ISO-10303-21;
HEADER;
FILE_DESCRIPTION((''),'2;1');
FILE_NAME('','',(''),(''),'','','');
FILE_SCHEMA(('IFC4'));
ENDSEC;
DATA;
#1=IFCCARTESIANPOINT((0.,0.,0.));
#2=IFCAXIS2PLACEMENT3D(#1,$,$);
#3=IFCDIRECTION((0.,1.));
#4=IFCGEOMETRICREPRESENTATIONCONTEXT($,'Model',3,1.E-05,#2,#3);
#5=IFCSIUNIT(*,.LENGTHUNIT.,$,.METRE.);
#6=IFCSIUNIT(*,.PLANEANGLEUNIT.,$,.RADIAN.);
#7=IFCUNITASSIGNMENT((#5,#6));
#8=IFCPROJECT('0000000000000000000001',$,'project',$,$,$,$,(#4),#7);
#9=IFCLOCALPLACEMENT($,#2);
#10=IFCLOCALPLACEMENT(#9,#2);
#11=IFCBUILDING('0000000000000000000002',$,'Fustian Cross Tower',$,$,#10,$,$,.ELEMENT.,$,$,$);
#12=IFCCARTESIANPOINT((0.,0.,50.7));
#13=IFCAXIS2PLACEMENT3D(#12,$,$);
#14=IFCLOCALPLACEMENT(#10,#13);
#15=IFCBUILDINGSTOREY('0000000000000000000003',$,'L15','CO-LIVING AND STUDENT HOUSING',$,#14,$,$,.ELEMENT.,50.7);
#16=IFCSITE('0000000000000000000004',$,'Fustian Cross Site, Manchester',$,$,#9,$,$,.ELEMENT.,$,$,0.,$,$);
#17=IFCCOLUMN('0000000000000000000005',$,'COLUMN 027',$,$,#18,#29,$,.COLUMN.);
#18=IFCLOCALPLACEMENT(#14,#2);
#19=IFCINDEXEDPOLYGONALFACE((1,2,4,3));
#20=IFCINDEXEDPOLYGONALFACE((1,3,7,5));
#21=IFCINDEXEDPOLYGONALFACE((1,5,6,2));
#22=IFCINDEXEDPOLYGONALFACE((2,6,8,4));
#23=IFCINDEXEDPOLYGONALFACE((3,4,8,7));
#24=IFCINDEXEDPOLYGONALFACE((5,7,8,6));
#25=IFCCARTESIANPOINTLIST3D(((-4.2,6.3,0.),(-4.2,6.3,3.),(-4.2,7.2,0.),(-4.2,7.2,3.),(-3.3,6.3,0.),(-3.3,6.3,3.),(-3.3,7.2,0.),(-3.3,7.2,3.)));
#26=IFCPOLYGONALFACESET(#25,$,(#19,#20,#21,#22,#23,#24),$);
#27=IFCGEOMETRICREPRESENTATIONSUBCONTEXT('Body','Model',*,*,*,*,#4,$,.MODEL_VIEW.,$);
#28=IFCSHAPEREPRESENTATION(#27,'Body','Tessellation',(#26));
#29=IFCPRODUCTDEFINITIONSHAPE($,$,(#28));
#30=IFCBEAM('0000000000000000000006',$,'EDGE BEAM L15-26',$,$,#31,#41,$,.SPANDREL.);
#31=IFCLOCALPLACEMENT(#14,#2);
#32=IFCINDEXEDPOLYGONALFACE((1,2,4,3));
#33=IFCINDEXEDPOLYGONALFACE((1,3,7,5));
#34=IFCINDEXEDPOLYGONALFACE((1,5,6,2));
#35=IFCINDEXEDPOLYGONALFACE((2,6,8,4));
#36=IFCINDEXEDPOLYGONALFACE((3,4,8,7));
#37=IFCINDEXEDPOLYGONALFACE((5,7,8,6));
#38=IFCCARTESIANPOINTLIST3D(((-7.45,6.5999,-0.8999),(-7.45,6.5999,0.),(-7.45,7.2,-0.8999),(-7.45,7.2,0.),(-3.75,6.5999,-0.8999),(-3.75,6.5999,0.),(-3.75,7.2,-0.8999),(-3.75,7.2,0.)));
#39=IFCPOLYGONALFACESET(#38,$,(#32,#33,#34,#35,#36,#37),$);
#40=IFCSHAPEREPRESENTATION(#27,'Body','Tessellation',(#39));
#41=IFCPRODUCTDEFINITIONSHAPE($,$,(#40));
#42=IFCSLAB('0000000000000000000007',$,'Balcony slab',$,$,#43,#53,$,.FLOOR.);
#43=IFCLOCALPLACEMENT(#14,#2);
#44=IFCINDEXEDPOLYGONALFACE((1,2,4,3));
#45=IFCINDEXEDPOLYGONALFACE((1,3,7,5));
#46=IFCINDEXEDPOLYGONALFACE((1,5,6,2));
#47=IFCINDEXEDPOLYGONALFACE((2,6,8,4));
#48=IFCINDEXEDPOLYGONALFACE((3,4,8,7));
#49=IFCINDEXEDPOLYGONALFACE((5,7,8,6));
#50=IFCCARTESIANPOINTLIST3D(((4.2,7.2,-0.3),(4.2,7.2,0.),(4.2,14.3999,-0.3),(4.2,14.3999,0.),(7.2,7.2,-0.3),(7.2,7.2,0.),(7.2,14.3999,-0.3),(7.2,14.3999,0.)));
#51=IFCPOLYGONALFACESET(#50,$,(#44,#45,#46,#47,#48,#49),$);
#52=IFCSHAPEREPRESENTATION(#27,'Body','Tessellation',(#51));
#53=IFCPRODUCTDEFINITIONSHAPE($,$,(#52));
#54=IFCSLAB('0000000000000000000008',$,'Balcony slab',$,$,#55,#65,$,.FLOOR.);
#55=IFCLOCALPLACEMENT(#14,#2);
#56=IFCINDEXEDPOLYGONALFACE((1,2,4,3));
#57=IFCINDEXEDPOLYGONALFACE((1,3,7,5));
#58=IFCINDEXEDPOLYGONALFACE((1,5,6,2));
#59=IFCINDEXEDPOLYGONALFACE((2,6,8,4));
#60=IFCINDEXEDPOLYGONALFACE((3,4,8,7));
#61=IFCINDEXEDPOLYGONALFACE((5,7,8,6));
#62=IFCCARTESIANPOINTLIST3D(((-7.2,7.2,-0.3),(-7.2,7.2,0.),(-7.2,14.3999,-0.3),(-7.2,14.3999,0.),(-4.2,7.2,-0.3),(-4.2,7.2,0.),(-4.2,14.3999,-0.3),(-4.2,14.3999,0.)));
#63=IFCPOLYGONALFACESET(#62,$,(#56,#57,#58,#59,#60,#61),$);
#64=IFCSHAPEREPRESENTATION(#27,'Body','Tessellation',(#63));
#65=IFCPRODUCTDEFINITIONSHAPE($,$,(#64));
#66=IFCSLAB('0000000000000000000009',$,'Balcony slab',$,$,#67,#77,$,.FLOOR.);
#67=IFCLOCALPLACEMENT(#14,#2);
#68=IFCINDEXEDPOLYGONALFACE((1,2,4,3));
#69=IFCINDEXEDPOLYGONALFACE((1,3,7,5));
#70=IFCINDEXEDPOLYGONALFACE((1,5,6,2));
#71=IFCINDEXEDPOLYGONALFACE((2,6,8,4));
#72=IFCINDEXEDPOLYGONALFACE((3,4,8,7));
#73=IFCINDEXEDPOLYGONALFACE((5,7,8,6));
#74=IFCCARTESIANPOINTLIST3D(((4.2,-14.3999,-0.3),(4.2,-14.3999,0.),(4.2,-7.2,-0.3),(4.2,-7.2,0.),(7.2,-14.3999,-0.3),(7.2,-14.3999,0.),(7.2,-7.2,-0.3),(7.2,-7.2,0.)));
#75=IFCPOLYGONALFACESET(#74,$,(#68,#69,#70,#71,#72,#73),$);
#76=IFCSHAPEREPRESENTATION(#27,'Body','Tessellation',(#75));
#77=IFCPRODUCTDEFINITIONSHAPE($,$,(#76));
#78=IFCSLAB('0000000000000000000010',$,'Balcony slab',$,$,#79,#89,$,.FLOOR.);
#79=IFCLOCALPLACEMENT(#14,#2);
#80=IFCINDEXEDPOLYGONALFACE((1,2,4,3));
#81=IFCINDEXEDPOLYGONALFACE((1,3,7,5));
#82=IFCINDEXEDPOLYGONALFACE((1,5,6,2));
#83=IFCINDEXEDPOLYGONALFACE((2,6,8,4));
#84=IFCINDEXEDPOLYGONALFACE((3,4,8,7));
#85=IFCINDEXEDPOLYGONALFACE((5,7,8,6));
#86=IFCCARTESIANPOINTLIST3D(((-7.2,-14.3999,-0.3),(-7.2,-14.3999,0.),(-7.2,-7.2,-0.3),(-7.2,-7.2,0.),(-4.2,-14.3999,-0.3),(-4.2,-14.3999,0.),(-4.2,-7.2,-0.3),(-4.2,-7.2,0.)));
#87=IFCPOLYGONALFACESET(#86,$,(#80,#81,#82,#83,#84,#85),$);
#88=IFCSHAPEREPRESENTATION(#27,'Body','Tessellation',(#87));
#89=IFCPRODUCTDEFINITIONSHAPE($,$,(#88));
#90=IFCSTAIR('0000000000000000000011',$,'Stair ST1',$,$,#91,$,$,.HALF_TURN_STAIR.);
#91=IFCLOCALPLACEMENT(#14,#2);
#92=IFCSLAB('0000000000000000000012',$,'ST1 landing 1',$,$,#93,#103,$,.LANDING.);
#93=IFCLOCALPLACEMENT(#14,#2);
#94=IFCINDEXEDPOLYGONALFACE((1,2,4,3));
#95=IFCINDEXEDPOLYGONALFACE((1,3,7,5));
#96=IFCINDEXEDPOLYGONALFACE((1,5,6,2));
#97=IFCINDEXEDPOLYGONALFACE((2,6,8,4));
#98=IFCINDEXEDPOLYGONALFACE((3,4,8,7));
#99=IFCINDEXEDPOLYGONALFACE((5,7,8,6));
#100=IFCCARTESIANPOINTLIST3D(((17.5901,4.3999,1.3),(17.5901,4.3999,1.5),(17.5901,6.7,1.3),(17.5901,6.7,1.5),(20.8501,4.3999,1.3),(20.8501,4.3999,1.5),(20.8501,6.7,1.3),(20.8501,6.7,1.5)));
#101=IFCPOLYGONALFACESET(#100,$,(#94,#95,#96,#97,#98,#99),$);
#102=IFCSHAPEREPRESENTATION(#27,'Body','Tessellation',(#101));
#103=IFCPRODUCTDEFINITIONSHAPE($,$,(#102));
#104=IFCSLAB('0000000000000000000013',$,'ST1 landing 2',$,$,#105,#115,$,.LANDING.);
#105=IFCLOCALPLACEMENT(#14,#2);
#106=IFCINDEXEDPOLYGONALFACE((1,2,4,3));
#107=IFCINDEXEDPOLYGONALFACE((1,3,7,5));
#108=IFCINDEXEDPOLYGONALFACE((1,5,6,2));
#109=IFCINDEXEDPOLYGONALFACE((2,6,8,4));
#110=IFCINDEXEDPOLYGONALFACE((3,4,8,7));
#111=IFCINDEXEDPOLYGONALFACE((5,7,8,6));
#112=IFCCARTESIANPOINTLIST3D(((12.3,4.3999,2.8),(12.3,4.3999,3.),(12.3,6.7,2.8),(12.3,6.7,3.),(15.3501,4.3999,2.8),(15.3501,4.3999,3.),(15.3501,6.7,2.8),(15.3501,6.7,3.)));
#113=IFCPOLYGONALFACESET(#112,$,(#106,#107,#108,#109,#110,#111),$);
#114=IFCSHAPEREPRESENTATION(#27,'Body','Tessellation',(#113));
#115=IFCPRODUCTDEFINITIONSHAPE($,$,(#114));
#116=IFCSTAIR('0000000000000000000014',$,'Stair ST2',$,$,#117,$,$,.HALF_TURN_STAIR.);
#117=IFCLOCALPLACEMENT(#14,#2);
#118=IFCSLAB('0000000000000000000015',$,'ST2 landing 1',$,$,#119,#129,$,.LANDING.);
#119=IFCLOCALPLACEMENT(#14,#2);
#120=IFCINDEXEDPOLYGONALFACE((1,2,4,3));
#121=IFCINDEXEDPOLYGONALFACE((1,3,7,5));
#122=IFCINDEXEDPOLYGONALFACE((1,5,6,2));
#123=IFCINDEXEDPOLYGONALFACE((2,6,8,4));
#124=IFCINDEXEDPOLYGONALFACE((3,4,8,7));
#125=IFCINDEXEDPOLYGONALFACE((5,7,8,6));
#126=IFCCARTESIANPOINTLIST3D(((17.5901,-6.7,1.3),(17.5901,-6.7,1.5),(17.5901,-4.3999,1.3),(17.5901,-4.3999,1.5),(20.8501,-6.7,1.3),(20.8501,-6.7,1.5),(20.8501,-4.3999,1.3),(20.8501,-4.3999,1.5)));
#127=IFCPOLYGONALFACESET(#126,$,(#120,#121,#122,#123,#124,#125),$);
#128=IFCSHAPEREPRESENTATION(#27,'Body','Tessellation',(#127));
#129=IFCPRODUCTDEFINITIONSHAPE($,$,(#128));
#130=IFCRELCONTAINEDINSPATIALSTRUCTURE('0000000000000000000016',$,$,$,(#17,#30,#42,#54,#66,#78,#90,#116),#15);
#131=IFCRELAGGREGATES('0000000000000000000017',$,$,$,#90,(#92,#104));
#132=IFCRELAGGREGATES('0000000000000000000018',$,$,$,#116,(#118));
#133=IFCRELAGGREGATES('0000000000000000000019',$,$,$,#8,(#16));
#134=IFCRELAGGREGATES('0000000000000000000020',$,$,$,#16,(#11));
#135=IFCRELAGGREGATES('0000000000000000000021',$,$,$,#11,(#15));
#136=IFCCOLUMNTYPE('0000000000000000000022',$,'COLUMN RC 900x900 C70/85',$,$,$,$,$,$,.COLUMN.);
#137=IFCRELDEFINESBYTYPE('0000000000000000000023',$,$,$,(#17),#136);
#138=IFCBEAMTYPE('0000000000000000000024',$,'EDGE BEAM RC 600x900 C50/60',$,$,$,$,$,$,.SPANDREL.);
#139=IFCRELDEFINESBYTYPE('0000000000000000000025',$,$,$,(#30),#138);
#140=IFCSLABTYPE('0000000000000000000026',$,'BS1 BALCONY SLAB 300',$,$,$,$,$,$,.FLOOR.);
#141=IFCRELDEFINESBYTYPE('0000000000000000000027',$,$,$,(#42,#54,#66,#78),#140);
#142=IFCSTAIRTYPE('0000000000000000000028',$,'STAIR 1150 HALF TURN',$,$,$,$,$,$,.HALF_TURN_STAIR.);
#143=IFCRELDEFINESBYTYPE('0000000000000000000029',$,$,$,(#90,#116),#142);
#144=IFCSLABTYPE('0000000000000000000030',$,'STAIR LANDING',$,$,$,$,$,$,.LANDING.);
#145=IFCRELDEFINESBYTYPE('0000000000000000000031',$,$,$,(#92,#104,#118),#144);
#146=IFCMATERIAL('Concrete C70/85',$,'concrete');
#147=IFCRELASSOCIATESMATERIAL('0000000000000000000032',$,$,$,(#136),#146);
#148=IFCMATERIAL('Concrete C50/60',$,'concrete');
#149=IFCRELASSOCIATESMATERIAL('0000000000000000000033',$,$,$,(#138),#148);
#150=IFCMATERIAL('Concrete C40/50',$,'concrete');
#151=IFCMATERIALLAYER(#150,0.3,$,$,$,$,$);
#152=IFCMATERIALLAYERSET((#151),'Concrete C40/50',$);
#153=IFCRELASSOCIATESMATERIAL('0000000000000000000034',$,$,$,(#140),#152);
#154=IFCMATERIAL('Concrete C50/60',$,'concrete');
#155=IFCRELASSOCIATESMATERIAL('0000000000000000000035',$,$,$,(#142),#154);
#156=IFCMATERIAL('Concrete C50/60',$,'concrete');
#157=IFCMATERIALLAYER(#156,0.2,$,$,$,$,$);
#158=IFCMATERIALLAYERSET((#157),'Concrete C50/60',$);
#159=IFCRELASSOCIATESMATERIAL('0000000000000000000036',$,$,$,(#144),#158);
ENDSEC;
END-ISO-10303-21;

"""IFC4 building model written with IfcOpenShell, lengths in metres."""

from ifc_helpers import new_model, si_unit, direction, frame, origin, origin_2d, place, context, subcontext, project, spatial, polyline, rectangle, outline, extrude, material, layer, layer_set, material_profile, profile_set, type_object, element, aggregate, save


model = new_model("IFC4")

# Units and contexts
model_context = context("Model", 3, precision=1e-05, world=origin(), true_north=direction((0.0, 1.0)))
body_context = subcontext(model_context, "Body", "Model", "MODEL_VIEW")
ifc_project = project(units=[si_unit("LENGTHUNIT", "METRE"), si_unit("PLANEANGLEUNIT", "RADIAN")], contexts=[model_context])

# Site, building, storey
site_placement = place(None, origin())
site = spatial("IfcSite", under=ifc_project, at=site_placement, Name="Fustian Cross Site, Manchester", CompositionType="ELEMENT", RefElevation=0.0)
building_placement = place(site_placement, origin())
building = spatial("IfcBuilding", under=site, at=building_placement, Name="Fustian Cross Tower", CompositionType="ELEMENT")
storey_placement = place(building_placement, frame((0.0, 0.0, 50.7)))
storey = spatial("IfcBuildingStorey", under=building, at=storey_placement, Name="L15", Description="CO-LIVING AND STUDENT HOUSING", CompositionType="ELEMENT", Elevation=50.7)

# Column
ifc_material_1 = material(Name="Concrete C70/85", Category="concrete")
ifc_material_profile_1 = material_profile(ifc_material_1, rectangle(XDim=0.8999, YDim=0.8999, at=origin_2d()), Name="RC 900x900")
ifc_profile_set_1 = profile_set([ifc_material_profile_1], Name="Concrete C70/85")
column_type = type_object("IfcColumnType", Name="COLUMN RC 900x900 C70/85", PredefinedType="COLUMN", material=ifc_profile_set_1)
column_placement = place(storey_placement, frame((-3.75, 6.75, 0.0), z_axis=(0.0, 0.0, 1.0), x_axis=(1.0, 0.0, 0.0)))
element("IfcColumn", 1, at=column_placement, inside=storey, type_object=column_type, Name="COLUMN 027", PredefinedType="COLUMN", context=body_context, shape_type="SweptSolid", body=[
    extrude(rectangle(XDim=0.8999, YDim=0.8999, at=origin_2d()), origin(), (0.0, 0.0, 1.0), 3.0),
])

# Beam
ifc_material_2 = material(Name="Concrete C50/60", Category="concrete")
ifc_material_profile_2 = material_profile(ifc_material_2, rectangle(XDim=0.6001, YDim=0.8999, at=origin_2d()), Name="RC 600x900")
ifc_profile_set_2 = profile_set([ifc_material_profile_2], Name="Concrete C50/60")
beam_type = type_object("IfcBeamType", Name="EDGE BEAM RC 600x900 C50/60", PredefinedType="SPANDREL", material=ifc_profile_set_2)
beam_placement = place(storey_placement, frame((-3.75, 6.8999, -0.45), z_axis=(-1.0, 0.0, 0.0), x_axis=(0.0, -1.0, 0.0)))
element("IfcBeam", 2, at=beam_placement, inside=storey, type_object=beam_type, Name="EDGE BEAM L15-26", PredefinedType="SPANDREL", context=body_context, shape_type="SweptSolid", body=[
    extrude(rectangle(XDim=0.6001, YDim=0.8999, at=origin_2d()), origin(), (0.0, 0.0, 1.0), 3.7),
])

# Slabs
ifc_material_3 = material(Name="Concrete C40/50", Category="concrete")
ifc_layer_1 = layer(ifc_material_3, 0.3)
ifc_layer_set_1 = layer_set([ifc_layer_1], Name="Concrete C40/50")
slab_type_1 = type_object("IfcSlabType", Name="BS1 BALCONY SLAB 300", PredefinedType="FLOOR", material=ifc_layer_set_1)
slab_1_placement = place(storey_placement, frame((0.0, 0.0, -0.3)))
element("IfcSlab", 3, at=slab_1_placement, inside=storey, type_object=slab_type_1, Name="Balcony slab", PredefinedType="FLOOR", context=body_context, shape_type="SweptSolid", body=[
    extrude(outline(polyline([(4.2, 7.2), (7.2, 7.2), (7.2, 14.3999), (4.2, 14.3999), (4.2, 7.2)])), origin(), (0.0, 0.0, 1.0), 0.3),
])
slab_2_placement = place(storey_placement, frame((0.0, 0.0, -0.3)))
element("IfcSlab", 4, at=slab_2_placement, inside=storey, type_object=slab_type_1, Name="Balcony slab", PredefinedType="FLOOR", context=body_context, shape_type="SweptSolid", body=[
    extrude(outline(polyline([(-7.2, 7.2), (-4.2, 7.2), (-4.2, 14.3999), (-7.2, 14.3999), (-7.2, 7.2)])), origin(), (0.0, 0.0, 1.0), 0.3),
])
slab_3_placement = place(storey_placement, frame((0.0, 0.0, -0.3)))
element("IfcSlab", 5, at=slab_3_placement, inside=storey, type_object=slab_type_1, Name="Balcony slab", PredefinedType="FLOOR", context=body_context, shape_type="SweptSolid", body=[
    extrude(outline(polyline([(4.2, -14.3999), (7.2, -14.3999), (7.2, -7.2), (4.2, -7.2), (4.2, -14.3999)])), origin(), (0.0, 0.0, 1.0), 0.3),
])
slab_4_placement = place(storey_placement, frame((0.0, 0.0, -0.3)))
element("IfcSlab", 6, at=slab_4_placement, inside=storey, type_object=slab_type_1, Name="Balcony slab", PredefinedType="FLOOR", context=body_context, shape_type="SweptSolid", body=[
    extrude(outline(polyline([(-7.2, -14.3999), (-4.2, -14.3999), (-4.2, -7.2), (-7.2, -7.2), (-7.2, -14.3999)])), origin(), (0.0, 0.0, 1.0), 0.3),
])

# Stair, slabs
ifc_material_4 = material(Name="Concrete C50/60", Category="concrete")
stair_type = type_object("IfcStairType", Name="STAIR 1150 HALF TURN", PredefinedType="HALF_TURN_STAIR", material=ifc_material_4)
stair_1_placement = place(storey_placement, origin())
stair_1 = element("IfcStair", 7, at=stair_1_placement, inside=storey, type_object=stair_type, Name="Stair ST1", PredefinedType="HALF_TURN_STAIR")
ifc_material_5 = material(Name="Concrete C50/60", Category="concrete")
ifc_layer_2 = layer(ifc_material_5, 0.2)
ifc_layer_set_2 = layer_set([ifc_layer_2], Name="Concrete C50/60")
slab_type_2 = type_object("IfcSlabType", Name="STAIR LANDING", PredefinedType="LANDING", material=ifc_layer_set_2)
slab_5_placement = place(storey_placement, frame((0.0, 0.0, 1.3)))
slab_5 = element("IfcSlab", 8, at=slab_5_placement, type_object=slab_type_2, Name="ST1 landing 1", PredefinedType="LANDING", context=body_context, shape_type="SweptSolid", body=[
    extrude(outline(polyline([(17.5901, 4.3999), (20.8501, 4.3999), (20.8501, 6.7), (17.5901, 6.7), (17.5901, 4.3999)])), origin(), (0.0, 0.0, 1.0), 0.2),
])
slab_6_placement = place(storey_placement, frame((0.0, 0.0, 2.8)))
slab_6 = element("IfcSlab", 9, at=slab_6_placement, type_object=slab_type_2, Name="ST1 landing 2", PredefinedType="LANDING", context=body_context, shape_type="SweptSolid", body=[
    extrude(outline(polyline([(12.3, 4.3999), (15.3501, 4.3999), (15.3501, 6.7), (12.3, 6.7), (12.3, 4.3999)])), origin(), (0.0, 0.0, 1.0), 0.2),
])
aggregate(stair_1, [slab_5, slab_6])

# Stair, slab
stair_2_placement = place(storey_placement, origin())
stair_2 = element("IfcStair", 10, at=stair_2_placement, inside=storey, type_object=stair_type, Name="Stair ST2", PredefinedType="HALF_TURN_STAIR")
slab_7_placement = place(storey_placement, frame((0.0, 0.0, 1.3)))
slab_7 = element("IfcSlab", 11, at=slab_7_placement, type_object=slab_type_2, Name="ST2 landing 1", PredefinedType="LANDING", context=body_context, shape_type="SweptSolid", body=[
    extrude(outline(polyline([(17.5901, -4.3999), (20.8501, -4.3999), (20.8501, -6.7), (17.5901, -6.7), (17.5901, -4.3999)])), origin(), (0.0, 0.0, 1.0), 0.2),
])
aggregate(stair_2, [slab_7])

save(model, "model.ifc")
